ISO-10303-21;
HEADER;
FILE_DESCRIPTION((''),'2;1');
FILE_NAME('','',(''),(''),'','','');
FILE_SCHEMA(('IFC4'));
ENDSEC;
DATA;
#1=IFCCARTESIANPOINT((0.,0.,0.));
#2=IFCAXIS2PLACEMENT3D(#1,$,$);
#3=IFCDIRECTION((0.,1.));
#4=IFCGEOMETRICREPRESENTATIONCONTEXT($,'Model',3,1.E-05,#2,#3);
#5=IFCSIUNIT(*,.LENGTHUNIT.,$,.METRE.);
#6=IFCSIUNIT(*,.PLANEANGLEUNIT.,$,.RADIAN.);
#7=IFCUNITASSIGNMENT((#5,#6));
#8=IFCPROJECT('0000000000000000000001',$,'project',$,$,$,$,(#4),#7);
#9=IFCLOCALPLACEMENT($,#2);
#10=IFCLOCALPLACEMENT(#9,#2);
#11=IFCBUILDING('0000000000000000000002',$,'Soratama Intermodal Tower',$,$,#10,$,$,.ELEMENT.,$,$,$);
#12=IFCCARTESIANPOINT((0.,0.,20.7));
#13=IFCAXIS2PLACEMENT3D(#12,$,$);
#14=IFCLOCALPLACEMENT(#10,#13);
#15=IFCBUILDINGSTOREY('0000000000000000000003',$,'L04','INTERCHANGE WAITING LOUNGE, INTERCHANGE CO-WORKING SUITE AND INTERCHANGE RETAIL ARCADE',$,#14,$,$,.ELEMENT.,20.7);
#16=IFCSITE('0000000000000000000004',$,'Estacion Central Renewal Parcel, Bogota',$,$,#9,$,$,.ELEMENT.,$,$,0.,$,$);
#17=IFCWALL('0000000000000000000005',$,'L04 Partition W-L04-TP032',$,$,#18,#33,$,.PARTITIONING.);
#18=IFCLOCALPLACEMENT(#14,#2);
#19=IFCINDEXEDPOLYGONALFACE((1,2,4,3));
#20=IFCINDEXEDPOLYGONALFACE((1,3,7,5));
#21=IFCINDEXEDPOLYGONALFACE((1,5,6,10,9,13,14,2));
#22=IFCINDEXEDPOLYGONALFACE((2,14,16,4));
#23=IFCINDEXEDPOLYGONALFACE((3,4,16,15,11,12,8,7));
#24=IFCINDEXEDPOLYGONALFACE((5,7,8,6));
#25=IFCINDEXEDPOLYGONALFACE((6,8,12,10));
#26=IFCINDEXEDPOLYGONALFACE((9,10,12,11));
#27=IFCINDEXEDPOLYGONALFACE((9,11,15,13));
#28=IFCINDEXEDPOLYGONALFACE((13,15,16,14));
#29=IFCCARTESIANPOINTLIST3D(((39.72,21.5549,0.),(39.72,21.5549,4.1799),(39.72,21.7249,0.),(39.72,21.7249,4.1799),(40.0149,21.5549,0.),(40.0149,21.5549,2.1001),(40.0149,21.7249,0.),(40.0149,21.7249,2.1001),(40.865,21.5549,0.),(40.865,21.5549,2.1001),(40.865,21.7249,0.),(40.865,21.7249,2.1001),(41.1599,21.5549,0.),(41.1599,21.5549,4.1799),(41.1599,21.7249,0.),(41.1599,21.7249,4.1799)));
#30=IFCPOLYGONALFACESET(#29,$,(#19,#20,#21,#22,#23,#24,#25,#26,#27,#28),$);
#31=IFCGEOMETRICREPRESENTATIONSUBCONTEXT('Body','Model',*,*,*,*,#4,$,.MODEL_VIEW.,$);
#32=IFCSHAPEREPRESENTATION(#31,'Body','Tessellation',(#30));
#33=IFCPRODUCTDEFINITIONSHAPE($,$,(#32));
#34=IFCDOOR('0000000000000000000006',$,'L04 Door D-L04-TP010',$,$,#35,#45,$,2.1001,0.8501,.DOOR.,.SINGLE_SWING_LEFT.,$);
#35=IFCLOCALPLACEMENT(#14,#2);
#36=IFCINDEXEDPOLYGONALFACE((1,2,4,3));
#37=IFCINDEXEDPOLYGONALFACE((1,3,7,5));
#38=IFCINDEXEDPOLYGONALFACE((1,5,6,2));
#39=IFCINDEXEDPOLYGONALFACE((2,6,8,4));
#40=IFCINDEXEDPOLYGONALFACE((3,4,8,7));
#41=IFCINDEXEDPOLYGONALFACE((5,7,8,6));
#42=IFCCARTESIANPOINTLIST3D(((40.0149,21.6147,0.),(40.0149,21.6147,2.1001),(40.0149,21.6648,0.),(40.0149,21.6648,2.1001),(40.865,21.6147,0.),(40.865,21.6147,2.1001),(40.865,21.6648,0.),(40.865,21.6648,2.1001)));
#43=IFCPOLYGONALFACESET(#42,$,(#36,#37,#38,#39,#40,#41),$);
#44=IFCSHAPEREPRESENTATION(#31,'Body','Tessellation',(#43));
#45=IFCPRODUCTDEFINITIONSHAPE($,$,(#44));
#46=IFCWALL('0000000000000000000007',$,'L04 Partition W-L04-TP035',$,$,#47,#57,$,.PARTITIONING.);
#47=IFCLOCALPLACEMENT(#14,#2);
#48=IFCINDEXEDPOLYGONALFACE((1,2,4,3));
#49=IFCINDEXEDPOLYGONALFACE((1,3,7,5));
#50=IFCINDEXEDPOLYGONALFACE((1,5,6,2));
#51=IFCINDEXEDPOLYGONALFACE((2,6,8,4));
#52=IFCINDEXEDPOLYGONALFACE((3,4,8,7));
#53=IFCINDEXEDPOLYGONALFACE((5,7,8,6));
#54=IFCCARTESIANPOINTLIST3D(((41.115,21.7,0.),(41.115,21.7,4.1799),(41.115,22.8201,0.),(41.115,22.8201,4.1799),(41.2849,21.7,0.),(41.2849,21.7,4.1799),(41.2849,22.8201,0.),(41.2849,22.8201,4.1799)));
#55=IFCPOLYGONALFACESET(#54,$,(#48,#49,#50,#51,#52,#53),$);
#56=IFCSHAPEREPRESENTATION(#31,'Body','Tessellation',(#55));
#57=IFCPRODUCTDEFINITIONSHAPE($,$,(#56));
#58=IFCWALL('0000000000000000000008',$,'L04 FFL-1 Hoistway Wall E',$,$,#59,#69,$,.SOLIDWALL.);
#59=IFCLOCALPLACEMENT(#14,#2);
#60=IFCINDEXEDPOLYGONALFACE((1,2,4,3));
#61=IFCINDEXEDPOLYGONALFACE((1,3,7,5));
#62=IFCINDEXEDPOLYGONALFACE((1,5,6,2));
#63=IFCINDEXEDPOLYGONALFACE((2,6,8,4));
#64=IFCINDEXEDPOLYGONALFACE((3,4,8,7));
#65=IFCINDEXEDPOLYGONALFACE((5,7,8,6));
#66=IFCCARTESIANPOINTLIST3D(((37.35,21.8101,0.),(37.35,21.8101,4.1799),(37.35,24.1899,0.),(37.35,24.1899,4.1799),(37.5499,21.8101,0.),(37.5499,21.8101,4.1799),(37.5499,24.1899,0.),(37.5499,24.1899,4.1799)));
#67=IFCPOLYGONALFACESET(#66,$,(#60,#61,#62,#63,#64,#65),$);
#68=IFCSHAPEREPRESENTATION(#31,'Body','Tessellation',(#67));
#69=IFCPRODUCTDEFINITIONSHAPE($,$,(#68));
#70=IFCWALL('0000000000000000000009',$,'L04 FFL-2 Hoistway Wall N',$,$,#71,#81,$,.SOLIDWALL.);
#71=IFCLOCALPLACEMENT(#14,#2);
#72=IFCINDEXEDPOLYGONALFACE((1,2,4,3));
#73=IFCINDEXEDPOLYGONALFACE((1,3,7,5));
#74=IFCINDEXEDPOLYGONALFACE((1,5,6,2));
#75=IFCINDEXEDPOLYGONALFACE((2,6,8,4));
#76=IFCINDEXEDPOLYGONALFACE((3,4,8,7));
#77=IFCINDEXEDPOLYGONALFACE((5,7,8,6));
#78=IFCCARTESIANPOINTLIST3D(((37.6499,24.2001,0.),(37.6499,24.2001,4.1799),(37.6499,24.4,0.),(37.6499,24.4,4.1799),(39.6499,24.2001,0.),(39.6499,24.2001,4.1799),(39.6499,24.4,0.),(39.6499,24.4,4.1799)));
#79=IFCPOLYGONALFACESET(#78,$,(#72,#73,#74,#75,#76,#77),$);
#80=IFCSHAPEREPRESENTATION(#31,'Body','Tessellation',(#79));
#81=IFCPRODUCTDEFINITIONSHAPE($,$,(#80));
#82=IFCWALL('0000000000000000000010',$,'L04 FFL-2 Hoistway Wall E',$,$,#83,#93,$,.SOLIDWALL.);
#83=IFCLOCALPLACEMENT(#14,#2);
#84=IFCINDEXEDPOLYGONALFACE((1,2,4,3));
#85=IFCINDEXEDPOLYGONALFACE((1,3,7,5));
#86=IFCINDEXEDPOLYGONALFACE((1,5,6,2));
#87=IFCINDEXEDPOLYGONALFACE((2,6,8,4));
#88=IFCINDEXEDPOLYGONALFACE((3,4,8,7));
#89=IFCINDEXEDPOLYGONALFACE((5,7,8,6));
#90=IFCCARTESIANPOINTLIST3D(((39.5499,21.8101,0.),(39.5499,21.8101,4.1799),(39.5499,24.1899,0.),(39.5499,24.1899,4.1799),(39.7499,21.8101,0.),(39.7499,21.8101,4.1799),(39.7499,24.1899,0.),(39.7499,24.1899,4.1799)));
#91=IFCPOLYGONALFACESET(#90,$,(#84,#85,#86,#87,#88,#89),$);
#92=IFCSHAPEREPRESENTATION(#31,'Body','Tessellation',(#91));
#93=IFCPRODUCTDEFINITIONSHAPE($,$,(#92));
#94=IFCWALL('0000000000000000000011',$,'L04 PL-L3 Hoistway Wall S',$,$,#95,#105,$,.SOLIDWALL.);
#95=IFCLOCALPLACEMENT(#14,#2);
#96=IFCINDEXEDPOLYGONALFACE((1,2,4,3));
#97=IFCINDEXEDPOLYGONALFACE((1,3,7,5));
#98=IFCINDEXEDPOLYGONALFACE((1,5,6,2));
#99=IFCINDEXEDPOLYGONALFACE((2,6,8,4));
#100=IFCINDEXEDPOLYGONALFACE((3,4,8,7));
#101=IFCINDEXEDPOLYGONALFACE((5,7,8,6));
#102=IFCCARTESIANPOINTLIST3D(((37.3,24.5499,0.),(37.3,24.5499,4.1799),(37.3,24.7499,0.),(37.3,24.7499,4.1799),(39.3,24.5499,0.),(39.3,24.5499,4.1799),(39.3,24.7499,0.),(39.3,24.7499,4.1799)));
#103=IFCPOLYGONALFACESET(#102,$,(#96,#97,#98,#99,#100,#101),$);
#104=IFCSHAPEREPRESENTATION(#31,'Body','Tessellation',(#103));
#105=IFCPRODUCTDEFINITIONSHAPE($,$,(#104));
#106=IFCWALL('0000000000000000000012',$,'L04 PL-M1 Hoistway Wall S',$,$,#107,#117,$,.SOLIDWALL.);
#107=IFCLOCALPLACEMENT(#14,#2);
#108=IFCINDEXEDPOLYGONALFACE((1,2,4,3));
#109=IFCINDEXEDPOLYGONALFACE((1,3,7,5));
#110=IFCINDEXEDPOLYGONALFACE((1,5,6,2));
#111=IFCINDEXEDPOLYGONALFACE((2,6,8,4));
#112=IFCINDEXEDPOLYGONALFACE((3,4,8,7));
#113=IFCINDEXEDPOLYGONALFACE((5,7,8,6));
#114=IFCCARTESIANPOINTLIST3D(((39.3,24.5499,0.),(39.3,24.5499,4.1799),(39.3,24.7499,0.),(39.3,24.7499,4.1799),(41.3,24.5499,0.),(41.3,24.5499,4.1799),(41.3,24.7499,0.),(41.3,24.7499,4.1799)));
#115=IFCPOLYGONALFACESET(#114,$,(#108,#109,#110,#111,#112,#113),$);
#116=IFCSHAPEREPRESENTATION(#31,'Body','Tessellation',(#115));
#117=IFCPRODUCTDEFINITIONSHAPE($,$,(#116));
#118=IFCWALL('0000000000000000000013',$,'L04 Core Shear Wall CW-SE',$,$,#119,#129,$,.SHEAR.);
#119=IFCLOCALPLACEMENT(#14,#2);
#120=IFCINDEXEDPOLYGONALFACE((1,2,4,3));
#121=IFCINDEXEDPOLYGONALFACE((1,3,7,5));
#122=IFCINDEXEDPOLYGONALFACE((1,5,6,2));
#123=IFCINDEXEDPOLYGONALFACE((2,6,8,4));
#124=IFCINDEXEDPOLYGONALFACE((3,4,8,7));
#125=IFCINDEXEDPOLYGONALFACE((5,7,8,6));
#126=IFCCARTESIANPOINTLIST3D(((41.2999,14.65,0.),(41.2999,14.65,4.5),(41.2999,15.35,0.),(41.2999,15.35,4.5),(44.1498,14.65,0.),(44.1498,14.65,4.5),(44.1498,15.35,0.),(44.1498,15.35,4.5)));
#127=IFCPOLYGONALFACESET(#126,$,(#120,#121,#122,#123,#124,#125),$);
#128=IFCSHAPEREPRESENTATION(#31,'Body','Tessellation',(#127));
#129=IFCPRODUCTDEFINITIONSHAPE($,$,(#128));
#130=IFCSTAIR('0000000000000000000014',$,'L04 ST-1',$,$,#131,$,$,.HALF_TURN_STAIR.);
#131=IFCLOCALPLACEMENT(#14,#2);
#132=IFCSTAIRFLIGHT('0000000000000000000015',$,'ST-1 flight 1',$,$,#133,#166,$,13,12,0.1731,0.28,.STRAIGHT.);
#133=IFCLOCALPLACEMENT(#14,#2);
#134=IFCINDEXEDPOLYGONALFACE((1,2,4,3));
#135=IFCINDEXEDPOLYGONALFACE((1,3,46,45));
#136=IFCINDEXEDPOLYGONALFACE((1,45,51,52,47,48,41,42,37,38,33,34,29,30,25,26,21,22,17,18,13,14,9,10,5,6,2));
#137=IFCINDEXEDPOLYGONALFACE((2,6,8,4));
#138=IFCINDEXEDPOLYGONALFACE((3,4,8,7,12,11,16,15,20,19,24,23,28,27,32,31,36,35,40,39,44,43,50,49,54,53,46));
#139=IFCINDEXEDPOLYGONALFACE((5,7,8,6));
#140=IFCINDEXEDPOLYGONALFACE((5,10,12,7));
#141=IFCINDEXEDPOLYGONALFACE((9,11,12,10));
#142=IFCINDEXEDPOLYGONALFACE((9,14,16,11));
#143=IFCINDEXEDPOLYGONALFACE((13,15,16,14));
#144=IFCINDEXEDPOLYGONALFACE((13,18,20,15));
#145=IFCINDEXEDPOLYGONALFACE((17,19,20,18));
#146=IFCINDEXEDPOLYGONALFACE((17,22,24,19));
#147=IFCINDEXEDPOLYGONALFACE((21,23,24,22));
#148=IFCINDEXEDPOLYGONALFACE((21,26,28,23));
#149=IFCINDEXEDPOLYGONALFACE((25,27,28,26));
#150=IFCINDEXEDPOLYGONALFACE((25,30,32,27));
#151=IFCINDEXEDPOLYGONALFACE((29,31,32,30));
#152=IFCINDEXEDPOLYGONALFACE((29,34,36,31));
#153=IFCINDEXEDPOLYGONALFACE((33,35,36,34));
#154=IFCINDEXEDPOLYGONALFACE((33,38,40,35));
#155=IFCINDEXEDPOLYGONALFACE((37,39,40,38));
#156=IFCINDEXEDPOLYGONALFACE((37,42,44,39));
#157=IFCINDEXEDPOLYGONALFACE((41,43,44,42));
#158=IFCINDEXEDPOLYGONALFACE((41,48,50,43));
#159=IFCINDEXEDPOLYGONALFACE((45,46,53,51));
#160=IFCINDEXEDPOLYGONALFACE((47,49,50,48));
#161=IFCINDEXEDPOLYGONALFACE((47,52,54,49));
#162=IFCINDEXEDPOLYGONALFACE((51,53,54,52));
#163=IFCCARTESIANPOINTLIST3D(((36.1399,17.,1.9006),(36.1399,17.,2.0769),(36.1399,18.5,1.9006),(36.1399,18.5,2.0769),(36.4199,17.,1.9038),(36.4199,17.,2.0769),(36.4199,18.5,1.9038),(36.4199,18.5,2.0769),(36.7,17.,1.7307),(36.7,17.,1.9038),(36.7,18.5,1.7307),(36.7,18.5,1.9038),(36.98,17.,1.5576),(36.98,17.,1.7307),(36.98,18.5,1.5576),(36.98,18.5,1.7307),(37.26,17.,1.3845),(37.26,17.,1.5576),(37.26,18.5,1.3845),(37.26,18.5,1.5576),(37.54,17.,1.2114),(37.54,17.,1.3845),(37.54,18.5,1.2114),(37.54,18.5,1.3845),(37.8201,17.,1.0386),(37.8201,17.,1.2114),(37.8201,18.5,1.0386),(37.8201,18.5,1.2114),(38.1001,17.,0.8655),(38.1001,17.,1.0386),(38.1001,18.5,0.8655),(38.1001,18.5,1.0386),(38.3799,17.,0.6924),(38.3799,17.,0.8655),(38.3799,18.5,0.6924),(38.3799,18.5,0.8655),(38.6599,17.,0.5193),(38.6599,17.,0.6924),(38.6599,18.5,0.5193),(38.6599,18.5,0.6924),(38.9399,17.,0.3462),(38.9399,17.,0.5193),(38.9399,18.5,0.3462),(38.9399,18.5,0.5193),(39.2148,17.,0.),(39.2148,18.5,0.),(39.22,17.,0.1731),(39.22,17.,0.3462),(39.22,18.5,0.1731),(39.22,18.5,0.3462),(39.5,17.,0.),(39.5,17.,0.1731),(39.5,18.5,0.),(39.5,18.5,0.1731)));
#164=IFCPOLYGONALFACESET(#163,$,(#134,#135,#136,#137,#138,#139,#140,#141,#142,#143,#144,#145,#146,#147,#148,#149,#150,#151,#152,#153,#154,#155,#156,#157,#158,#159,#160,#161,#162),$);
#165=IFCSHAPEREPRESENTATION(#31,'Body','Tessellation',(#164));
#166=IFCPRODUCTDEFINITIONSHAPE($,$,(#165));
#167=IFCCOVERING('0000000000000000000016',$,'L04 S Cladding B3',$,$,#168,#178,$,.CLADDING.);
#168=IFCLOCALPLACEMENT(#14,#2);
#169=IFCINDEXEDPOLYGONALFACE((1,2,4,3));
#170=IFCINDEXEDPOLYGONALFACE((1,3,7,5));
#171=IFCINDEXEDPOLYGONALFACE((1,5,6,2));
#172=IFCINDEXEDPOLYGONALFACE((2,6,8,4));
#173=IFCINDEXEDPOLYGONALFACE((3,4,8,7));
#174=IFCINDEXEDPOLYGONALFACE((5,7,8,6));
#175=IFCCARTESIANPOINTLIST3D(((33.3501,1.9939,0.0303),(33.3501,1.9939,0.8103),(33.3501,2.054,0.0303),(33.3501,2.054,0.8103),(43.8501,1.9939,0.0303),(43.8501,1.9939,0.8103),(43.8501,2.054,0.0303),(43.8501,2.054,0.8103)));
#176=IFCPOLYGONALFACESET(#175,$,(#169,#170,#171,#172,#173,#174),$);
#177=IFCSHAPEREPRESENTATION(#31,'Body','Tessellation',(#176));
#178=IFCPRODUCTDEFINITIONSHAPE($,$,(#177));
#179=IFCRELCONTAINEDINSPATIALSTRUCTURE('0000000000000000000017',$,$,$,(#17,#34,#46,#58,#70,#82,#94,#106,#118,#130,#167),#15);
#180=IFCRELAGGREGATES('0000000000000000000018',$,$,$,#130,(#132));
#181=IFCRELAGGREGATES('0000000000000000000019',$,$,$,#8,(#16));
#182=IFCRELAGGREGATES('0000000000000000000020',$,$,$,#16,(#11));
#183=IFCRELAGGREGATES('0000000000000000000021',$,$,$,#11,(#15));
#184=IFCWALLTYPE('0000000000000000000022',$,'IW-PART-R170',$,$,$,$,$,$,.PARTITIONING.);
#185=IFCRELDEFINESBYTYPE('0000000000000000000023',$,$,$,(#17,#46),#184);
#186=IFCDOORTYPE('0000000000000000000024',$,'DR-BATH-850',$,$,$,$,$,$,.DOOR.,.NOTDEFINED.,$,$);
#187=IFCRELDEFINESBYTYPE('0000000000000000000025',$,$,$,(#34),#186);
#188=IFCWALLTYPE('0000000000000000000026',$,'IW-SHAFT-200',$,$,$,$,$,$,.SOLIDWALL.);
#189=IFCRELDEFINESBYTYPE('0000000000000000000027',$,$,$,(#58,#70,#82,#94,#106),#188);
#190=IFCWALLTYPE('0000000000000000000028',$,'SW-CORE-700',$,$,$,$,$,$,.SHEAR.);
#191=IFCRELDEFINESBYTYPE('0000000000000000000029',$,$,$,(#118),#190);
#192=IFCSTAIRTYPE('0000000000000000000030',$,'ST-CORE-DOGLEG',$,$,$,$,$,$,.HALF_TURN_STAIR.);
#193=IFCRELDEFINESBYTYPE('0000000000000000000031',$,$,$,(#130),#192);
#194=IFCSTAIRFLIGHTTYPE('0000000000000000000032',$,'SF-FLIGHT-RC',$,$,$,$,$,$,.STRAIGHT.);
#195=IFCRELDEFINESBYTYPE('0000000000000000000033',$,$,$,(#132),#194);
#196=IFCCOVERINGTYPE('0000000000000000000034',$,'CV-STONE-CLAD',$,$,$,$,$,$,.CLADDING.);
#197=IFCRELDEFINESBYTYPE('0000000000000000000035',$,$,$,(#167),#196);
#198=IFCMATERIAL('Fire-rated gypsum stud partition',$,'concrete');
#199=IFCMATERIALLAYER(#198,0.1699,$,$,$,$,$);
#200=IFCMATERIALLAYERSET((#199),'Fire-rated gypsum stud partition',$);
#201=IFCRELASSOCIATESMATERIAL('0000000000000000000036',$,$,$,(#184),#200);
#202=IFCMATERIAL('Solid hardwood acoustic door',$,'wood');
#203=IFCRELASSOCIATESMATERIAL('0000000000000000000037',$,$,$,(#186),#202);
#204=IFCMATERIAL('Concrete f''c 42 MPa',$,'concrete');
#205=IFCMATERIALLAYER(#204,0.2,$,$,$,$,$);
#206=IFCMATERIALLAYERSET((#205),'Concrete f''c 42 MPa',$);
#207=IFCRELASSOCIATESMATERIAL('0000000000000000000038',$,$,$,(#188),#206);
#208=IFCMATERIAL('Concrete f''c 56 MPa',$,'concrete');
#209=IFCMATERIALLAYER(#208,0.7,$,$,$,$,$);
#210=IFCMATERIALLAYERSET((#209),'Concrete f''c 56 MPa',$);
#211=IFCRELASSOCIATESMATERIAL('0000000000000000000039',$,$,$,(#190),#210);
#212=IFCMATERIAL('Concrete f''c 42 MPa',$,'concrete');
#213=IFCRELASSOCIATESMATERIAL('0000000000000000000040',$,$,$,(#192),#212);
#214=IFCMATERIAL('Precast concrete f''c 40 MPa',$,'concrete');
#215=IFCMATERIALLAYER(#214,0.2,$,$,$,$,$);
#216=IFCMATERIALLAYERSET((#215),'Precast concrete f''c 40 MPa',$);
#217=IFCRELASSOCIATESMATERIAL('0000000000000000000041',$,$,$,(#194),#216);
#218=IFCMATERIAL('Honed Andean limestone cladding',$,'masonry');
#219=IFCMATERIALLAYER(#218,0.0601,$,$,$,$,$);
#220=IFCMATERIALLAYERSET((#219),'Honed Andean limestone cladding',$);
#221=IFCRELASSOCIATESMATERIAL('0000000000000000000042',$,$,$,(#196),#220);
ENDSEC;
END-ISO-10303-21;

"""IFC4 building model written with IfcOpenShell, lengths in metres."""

from ifc_helpers import new_model, si_unit, direction, frame, frame_2d, origin, origin_2d, place, context, subcontext, project, spatial, polyline, rectangle, outline, extrude, material, layer, layer_set, type_object, element, fill, aggregate, save


model = new_model("IFC4")

# Units and contexts
model_context = context("Model", 3, precision=1e-05, world=origin(), true_north=direction((0.0, 1.0)))
body_context = subcontext(model_context, "Body", "Model", "MODEL_VIEW")
ifc_project = project(units=[si_unit("LENGTHUNIT", "METRE"), si_unit("PLANEANGLEUNIT", "RADIAN")], contexts=[model_context])

# Site, building, storey
site_placement = place(None, origin())
site = spatial("IfcSite", under=ifc_project, at=site_placement, Name="Estacion Central Renewal Parcel, Bogota", CompositionType="ELEMENT", RefElevation=0.0)
building_placement = place(site_placement, origin())
building = spatial("IfcBuilding", under=site, at=building_placement, Name="Soratama Intermodal Tower", CompositionType="ELEMENT")
storey_placement = place(building_placement, frame((0.0, 0.0, 20.7)))
storey = spatial("IfcBuildingStorey", under=building, at=storey_placement, Name="L04", Description="INTERCHANGE WAITING LOUNGE, INTERCHANGE CO-WORKING SUITE AND INTERCHANGE RETAIL ARCADE", CompositionType="ELEMENT", Elevation=20.7)

# Wall, opening, door
ifc_material_1 = material(Name="Fire-rated gypsum stud partition", Category="concrete")
ifc_layer_1 = layer(ifc_material_1, 0.1699)
ifc_layer_set_1 = layer_set([ifc_layer_1], Name="Fire-rated gypsum stud partition")
wall_type_1 = type_object("IfcWallType", Name="IW-PART-R170", PredefinedType="PARTITIONING", material=ifc_layer_set_1)
wall_1_placement = place(storey_placement, frame((39.72, 21.6399, 0.0), z_axis=(0.0, 0.0, 1.0), x_axis=(1.0, 0.0, 0.0)))
wall_1 = element("IfcWall", 1, at=wall_1_placement, inside=storey, type_object=wall_type_1, Name="L04 Partition W-L04-TP032", PredefinedType="PARTITIONING", context=body_context, shape_type="SweptSolid", body=[
    extrude(rectangle(XDim=1.4399, YDim=0.1699, at=frame_2d((0.72, 0.0))), origin(), (0.0, 0.0, 1.0), 4.1799),
])
opening_1_placement = place(wall_1_placement, frame((0.2949, 0.0, 0.0)))
opening_1 = element("IfcOpeningElement", 2, at=opening_1_placement, cuts=wall_1, PredefinedType="OPENING", context=body_context, shape_type="SweptSolid", body=[
    extrude(rectangle(XDim=0.8501, YDim=2.1001, at=frame_2d((0.425, 1.05))), frame((0.0, 0.095, 0.0), z_axis=(0.0, -1.0, 0.0), x_axis=(1.0, 0.0, 0.0)), (0.0, 0.0, 1.0), 0.1899),
])
ifc_material_2 = material(Name="Solid hardwood acoustic door", Category="wood")
door_type_1 = type_object("IfcDoorType", Name="DR-BATH-850", OperationType="NOTDEFINED", PredefinedType="DOOR", material=ifc_material_2)
door_1_placement = place(opening_1_placement, origin())
door_1 = element("IfcDoor", 3, at=door_1_placement, inside=storey, type_object=door_type_1, Name="L04 Door D-L04-TP010", OperationType="SINGLE_SWING_LEFT", OverallHeight=2.1001, OverallWidth=0.8501, PredefinedType="DOOR", context=body_context, shape_type="SweptSolid", body=[
    extrude(rectangle(XDim=0.8501, YDim=2.1001, at=frame_2d((0.425, 1.05))), frame((0.0, 0.0249, 0.0), z_axis=(0.0, -1.0, 0.0), x_axis=(1.0, 0.0, 0.0)), (0.0, 0.0, 1.0), 0.05),
])
fill(opening_1, door_1)

# Walls
wall_2_placement = place(storey_placement, frame((41.2, 21.7, 0.0), z_axis=(0.0, 0.0, 1.0), x_axis=(0.0, 1.0, 0.0)))
element("IfcWall", 4, at=wall_2_placement, inside=storey, type_object=wall_type_1, Name="L04 Partition W-L04-TP035", PredefinedType="PARTITIONING", context=body_context, shape_type="SweptSolid", body=[
    extrude(rectangle(XDim=1.1201, YDim=0.1699, at=frame_2d((0.5601, 0.0))), origin(), (0.0, 0.0, 1.0), 4.1799),
])
ifc_material_3 = material(Name="Concrete f'c 42 MPa", Category="concrete")
ifc_layer_2 = layer(ifc_material_3, 0.2)
ifc_layer_set_2 = layer_set([ifc_layer_2], Name="Concrete f'c 42 MPa")
wall_type_2 = type_object("IfcWallType", Name="IW-SHAFT-200", PredefinedType="SOLIDWALL", material=ifc_layer_set_2)
wall_3_placement = place(storey_placement, frame((37.45, 21.8101, 0.0), z_axis=(0.0, 0.0, 1.0), x_axis=(0.0, 1.0, 0.0)))
element("IfcWall", 5, at=wall_3_placement, inside=storey, type_object=wall_type_2, Name="L04 FFL-1 Hoistway Wall E", PredefinedType="SOLIDWALL", context=body_context, shape_type="SweptSolid", body=[
    extrude(rectangle(XDim=2.3799, YDim=0.2, at=frame_2d((1.1899, 0.0))), origin(), (0.0, 0.0, 1.0), 4.1799),
])

# Walls
wall_4_placement = place(storey_placement, frame((37.6499, 24.3, 0.0), z_axis=(0.0, 0.0, 1.0), x_axis=(1.0, 0.0, 0.0)))
element("IfcWall", 6, at=wall_4_placement, inside=storey, type_object=wall_type_2, Name="L04 FFL-2 Hoistway Wall N", PredefinedType="SOLIDWALL", context=body_context, shape_type="SweptSolid", body=[
    extrude(rectangle(XDim=2.0, YDim=0.2, at=frame_2d((1.0, 0.0))), origin(), (0.0, 0.0, 1.0), 4.1799),
])
wall_5_placement = place(storey_placement, frame((39.6499, 21.8101, 0.0), z_axis=(0.0, 0.0, 1.0), x_axis=(0.0, 1.0, 0.0)))
element("IfcWall", 7, at=wall_5_placement, inside=storey, type_object=wall_type_2, Name="L04 FFL-2 Hoistway Wall E", PredefinedType="SOLIDWALL", context=body_context, shape_type="SweptSolid", body=[
    extrude(rectangle(XDim=2.3799, YDim=0.2, at=frame_2d((1.1899, 0.0))), origin(), (0.0, 0.0, 1.0), 4.1799),
])
for number, where, z_axis, x_axis, name in (
    (8, (37.3, 24.6499, 0.0), (0.0, 0.0, 1.0), (1.0, 0.0, 0.0), "L04 PL-L3 Hoistway Wall S"),
    (9, (39.3, 24.6499, 0.0), (0.0, 0.0, 1.0), (1.0, 0.0, 0.0), "L04 PL-M1 Hoistway Wall S"),
):
    element("IfcWall", number, at=place(storey_placement, frame(where, z_axis=z_axis, x_axis=x_axis)), inside=storey, type_object=wall_type_2, Name=name, PredefinedType="SOLIDWALL", context=body_context, shape_type="SweptSolid", body=[
        extrude(rectangle(XDim=2.0, YDim=0.2, at=frame_2d((1.0, 0.0))), origin(), (0.0, 0.0, 1.0), 4.1799),
    ])
ifc_material_4 = material(Name="Concrete f'c 56 MPa", Category="concrete")
ifc_layer_3 = layer(ifc_material_4, 0.7)
ifc_layer_set_3 = layer_set([ifc_layer_3], Name="Concrete f'c 56 MPa")
wall_type_3 = type_object("IfcWallType", Name="SW-CORE-700", PredefinedType="SHEAR", material=ifc_layer_set_3)
wall_6_placement = place(storey_placement, frame((41.3, 15.0, 0.0), z_axis=(0.0, 0.0, 1.0), x_axis=(1.0, 0.0, 0.0)))
element("IfcWall", 10, at=wall_6_placement, inside=storey, type_object=wall_type_3, Name="L04 Core Shear Wall CW-SE", PredefinedType="SHEAR", context=body_context, shape_type="SweptSolid", body=[
    extrude(rectangle(XDim=2.8499, YDim=0.7, at=frame_2d((1.4248, 0.0))), origin(), (0.0, 0.0, 1.0), 4.5),
])

# Stair, stair flight
ifc_material_5 = material(Name="Concrete f'c 42 MPa", Category="concrete")
stair_type = type_object("IfcStairType", Name="ST-CORE-DOGLEG", PredefinedType="HALF_TURN_STAIR", material=ifc_material_5)
stair_placement = place(storey_placement, origin())
stair = element("IfcStair", 11, at=stair_placement, inside=storey, type_object=stair_type, Name="L04 ST-1", PredefinedType="HALF_TURN_STAIR")
ifc_material_6 = material(Name="Precast concrete f'c 40 MPa", Category="concrete")
ifc_layer_4 = layer(ifc_material_6, 0.2)
ifc_layer_set_4 = layer_set([ifc_layer_4], Name="Precast concrete f'c 40 MPa")
stair_flight_type = type_object("IfcStairFlightType", Name="SF-FLIGHT-RC", PredefinedType="STRAIGHT", material=ifc_layer_set_4)
stair_flight_placement = place(storey_placement, frame((39.5, 17.75, 0.0), z_axis=(0.0, 0.0, 1.0), x_axis=(-1.0, 0.0, 0.0)))
stair_flight = element("IfcStairFlight", 12, at=stair_flight_placement, type_object=stair_flight_type, Name="ST-1 flight 1", NumberOfRisers=13, NumberOfTreads=12, PredefinedType="STRAIGHT", RiserHeight=0.1731, TreadLength=0.28, context=body_context, shape_type="SweptSolid", body=[
    extrude(outline(polyline([(0.0, 0.0), (0.0, 0.1731), (0.28, 0.1731), (0.28, 0.3462), (0.5601, 0.3462), (0.5601, 0.5193), (0.8401, 0.5193), (0.8401, 0.6924), (1.1201, 0.6924), (1.1201, 0.8655), (1.3999, 0.8655), (1.3999, 1.0386), (1.6799, 1.0386), (1.6799, 1.2114), (1.96, 1.2114), (1.96, 1.3845), (2.24, 1.3845), (2.24, 1.5576), (2.52, 1.5576), (2.52, 1.7307), (2.8, 1.7307), (2.8, 1.9038), (3.0801, 1.9038), (3.0801, 2.0769), (3.3601, 2.0769), (3.3601, 2.25), (3.3601, 1.9006), (0.2852, 0.0), (0.0, 0.0)])), frame((0.0, 0.75, 0.0), z_axis=(0.0, -1.0, 0.0), x_axis=(1.0, 0.0, 0.0)), (0.0, 0.0, 1.0), 1.5),
])
aggregate(stair, [stair_flight])

# Covering
ifc_material_7 = material(Name="Honed Andean limestone cladding", Category="masonry")
ifc_layer_5 = layer(ifc_material_7, 0.0601)
ifc_layer_set_5 = layer_set([ifc_layer_5], Name="Honed Andean limestone cladding")
covering_type = type_object("IfcCoveringType", Name="CV-STONE-CLAD", PredefinedType="CLADDING", material=ifc_layer_set_5)
covering_placement = place(storey_placement, frame((38.6001, 2.0239, 0.0303), z_axis=(0.0, 0.0, 1.0), x_axis=(1.0, 0.0, 0.0)))
element("IfcCovering", 13, at=covering_placement, inside=storey, type_object=covering_type, Name="L04 S Cladding B3", PredefinedType="CLADDING", context=body_context, shape_type="SweptSolid", body=[
    extrude(rectangle(XDim=10.5, YDim=0.0601, at=origin_2d()), origin(), (0.0, 0.0, 1.0), 0.78),
])

save(model, "model.ifc")
